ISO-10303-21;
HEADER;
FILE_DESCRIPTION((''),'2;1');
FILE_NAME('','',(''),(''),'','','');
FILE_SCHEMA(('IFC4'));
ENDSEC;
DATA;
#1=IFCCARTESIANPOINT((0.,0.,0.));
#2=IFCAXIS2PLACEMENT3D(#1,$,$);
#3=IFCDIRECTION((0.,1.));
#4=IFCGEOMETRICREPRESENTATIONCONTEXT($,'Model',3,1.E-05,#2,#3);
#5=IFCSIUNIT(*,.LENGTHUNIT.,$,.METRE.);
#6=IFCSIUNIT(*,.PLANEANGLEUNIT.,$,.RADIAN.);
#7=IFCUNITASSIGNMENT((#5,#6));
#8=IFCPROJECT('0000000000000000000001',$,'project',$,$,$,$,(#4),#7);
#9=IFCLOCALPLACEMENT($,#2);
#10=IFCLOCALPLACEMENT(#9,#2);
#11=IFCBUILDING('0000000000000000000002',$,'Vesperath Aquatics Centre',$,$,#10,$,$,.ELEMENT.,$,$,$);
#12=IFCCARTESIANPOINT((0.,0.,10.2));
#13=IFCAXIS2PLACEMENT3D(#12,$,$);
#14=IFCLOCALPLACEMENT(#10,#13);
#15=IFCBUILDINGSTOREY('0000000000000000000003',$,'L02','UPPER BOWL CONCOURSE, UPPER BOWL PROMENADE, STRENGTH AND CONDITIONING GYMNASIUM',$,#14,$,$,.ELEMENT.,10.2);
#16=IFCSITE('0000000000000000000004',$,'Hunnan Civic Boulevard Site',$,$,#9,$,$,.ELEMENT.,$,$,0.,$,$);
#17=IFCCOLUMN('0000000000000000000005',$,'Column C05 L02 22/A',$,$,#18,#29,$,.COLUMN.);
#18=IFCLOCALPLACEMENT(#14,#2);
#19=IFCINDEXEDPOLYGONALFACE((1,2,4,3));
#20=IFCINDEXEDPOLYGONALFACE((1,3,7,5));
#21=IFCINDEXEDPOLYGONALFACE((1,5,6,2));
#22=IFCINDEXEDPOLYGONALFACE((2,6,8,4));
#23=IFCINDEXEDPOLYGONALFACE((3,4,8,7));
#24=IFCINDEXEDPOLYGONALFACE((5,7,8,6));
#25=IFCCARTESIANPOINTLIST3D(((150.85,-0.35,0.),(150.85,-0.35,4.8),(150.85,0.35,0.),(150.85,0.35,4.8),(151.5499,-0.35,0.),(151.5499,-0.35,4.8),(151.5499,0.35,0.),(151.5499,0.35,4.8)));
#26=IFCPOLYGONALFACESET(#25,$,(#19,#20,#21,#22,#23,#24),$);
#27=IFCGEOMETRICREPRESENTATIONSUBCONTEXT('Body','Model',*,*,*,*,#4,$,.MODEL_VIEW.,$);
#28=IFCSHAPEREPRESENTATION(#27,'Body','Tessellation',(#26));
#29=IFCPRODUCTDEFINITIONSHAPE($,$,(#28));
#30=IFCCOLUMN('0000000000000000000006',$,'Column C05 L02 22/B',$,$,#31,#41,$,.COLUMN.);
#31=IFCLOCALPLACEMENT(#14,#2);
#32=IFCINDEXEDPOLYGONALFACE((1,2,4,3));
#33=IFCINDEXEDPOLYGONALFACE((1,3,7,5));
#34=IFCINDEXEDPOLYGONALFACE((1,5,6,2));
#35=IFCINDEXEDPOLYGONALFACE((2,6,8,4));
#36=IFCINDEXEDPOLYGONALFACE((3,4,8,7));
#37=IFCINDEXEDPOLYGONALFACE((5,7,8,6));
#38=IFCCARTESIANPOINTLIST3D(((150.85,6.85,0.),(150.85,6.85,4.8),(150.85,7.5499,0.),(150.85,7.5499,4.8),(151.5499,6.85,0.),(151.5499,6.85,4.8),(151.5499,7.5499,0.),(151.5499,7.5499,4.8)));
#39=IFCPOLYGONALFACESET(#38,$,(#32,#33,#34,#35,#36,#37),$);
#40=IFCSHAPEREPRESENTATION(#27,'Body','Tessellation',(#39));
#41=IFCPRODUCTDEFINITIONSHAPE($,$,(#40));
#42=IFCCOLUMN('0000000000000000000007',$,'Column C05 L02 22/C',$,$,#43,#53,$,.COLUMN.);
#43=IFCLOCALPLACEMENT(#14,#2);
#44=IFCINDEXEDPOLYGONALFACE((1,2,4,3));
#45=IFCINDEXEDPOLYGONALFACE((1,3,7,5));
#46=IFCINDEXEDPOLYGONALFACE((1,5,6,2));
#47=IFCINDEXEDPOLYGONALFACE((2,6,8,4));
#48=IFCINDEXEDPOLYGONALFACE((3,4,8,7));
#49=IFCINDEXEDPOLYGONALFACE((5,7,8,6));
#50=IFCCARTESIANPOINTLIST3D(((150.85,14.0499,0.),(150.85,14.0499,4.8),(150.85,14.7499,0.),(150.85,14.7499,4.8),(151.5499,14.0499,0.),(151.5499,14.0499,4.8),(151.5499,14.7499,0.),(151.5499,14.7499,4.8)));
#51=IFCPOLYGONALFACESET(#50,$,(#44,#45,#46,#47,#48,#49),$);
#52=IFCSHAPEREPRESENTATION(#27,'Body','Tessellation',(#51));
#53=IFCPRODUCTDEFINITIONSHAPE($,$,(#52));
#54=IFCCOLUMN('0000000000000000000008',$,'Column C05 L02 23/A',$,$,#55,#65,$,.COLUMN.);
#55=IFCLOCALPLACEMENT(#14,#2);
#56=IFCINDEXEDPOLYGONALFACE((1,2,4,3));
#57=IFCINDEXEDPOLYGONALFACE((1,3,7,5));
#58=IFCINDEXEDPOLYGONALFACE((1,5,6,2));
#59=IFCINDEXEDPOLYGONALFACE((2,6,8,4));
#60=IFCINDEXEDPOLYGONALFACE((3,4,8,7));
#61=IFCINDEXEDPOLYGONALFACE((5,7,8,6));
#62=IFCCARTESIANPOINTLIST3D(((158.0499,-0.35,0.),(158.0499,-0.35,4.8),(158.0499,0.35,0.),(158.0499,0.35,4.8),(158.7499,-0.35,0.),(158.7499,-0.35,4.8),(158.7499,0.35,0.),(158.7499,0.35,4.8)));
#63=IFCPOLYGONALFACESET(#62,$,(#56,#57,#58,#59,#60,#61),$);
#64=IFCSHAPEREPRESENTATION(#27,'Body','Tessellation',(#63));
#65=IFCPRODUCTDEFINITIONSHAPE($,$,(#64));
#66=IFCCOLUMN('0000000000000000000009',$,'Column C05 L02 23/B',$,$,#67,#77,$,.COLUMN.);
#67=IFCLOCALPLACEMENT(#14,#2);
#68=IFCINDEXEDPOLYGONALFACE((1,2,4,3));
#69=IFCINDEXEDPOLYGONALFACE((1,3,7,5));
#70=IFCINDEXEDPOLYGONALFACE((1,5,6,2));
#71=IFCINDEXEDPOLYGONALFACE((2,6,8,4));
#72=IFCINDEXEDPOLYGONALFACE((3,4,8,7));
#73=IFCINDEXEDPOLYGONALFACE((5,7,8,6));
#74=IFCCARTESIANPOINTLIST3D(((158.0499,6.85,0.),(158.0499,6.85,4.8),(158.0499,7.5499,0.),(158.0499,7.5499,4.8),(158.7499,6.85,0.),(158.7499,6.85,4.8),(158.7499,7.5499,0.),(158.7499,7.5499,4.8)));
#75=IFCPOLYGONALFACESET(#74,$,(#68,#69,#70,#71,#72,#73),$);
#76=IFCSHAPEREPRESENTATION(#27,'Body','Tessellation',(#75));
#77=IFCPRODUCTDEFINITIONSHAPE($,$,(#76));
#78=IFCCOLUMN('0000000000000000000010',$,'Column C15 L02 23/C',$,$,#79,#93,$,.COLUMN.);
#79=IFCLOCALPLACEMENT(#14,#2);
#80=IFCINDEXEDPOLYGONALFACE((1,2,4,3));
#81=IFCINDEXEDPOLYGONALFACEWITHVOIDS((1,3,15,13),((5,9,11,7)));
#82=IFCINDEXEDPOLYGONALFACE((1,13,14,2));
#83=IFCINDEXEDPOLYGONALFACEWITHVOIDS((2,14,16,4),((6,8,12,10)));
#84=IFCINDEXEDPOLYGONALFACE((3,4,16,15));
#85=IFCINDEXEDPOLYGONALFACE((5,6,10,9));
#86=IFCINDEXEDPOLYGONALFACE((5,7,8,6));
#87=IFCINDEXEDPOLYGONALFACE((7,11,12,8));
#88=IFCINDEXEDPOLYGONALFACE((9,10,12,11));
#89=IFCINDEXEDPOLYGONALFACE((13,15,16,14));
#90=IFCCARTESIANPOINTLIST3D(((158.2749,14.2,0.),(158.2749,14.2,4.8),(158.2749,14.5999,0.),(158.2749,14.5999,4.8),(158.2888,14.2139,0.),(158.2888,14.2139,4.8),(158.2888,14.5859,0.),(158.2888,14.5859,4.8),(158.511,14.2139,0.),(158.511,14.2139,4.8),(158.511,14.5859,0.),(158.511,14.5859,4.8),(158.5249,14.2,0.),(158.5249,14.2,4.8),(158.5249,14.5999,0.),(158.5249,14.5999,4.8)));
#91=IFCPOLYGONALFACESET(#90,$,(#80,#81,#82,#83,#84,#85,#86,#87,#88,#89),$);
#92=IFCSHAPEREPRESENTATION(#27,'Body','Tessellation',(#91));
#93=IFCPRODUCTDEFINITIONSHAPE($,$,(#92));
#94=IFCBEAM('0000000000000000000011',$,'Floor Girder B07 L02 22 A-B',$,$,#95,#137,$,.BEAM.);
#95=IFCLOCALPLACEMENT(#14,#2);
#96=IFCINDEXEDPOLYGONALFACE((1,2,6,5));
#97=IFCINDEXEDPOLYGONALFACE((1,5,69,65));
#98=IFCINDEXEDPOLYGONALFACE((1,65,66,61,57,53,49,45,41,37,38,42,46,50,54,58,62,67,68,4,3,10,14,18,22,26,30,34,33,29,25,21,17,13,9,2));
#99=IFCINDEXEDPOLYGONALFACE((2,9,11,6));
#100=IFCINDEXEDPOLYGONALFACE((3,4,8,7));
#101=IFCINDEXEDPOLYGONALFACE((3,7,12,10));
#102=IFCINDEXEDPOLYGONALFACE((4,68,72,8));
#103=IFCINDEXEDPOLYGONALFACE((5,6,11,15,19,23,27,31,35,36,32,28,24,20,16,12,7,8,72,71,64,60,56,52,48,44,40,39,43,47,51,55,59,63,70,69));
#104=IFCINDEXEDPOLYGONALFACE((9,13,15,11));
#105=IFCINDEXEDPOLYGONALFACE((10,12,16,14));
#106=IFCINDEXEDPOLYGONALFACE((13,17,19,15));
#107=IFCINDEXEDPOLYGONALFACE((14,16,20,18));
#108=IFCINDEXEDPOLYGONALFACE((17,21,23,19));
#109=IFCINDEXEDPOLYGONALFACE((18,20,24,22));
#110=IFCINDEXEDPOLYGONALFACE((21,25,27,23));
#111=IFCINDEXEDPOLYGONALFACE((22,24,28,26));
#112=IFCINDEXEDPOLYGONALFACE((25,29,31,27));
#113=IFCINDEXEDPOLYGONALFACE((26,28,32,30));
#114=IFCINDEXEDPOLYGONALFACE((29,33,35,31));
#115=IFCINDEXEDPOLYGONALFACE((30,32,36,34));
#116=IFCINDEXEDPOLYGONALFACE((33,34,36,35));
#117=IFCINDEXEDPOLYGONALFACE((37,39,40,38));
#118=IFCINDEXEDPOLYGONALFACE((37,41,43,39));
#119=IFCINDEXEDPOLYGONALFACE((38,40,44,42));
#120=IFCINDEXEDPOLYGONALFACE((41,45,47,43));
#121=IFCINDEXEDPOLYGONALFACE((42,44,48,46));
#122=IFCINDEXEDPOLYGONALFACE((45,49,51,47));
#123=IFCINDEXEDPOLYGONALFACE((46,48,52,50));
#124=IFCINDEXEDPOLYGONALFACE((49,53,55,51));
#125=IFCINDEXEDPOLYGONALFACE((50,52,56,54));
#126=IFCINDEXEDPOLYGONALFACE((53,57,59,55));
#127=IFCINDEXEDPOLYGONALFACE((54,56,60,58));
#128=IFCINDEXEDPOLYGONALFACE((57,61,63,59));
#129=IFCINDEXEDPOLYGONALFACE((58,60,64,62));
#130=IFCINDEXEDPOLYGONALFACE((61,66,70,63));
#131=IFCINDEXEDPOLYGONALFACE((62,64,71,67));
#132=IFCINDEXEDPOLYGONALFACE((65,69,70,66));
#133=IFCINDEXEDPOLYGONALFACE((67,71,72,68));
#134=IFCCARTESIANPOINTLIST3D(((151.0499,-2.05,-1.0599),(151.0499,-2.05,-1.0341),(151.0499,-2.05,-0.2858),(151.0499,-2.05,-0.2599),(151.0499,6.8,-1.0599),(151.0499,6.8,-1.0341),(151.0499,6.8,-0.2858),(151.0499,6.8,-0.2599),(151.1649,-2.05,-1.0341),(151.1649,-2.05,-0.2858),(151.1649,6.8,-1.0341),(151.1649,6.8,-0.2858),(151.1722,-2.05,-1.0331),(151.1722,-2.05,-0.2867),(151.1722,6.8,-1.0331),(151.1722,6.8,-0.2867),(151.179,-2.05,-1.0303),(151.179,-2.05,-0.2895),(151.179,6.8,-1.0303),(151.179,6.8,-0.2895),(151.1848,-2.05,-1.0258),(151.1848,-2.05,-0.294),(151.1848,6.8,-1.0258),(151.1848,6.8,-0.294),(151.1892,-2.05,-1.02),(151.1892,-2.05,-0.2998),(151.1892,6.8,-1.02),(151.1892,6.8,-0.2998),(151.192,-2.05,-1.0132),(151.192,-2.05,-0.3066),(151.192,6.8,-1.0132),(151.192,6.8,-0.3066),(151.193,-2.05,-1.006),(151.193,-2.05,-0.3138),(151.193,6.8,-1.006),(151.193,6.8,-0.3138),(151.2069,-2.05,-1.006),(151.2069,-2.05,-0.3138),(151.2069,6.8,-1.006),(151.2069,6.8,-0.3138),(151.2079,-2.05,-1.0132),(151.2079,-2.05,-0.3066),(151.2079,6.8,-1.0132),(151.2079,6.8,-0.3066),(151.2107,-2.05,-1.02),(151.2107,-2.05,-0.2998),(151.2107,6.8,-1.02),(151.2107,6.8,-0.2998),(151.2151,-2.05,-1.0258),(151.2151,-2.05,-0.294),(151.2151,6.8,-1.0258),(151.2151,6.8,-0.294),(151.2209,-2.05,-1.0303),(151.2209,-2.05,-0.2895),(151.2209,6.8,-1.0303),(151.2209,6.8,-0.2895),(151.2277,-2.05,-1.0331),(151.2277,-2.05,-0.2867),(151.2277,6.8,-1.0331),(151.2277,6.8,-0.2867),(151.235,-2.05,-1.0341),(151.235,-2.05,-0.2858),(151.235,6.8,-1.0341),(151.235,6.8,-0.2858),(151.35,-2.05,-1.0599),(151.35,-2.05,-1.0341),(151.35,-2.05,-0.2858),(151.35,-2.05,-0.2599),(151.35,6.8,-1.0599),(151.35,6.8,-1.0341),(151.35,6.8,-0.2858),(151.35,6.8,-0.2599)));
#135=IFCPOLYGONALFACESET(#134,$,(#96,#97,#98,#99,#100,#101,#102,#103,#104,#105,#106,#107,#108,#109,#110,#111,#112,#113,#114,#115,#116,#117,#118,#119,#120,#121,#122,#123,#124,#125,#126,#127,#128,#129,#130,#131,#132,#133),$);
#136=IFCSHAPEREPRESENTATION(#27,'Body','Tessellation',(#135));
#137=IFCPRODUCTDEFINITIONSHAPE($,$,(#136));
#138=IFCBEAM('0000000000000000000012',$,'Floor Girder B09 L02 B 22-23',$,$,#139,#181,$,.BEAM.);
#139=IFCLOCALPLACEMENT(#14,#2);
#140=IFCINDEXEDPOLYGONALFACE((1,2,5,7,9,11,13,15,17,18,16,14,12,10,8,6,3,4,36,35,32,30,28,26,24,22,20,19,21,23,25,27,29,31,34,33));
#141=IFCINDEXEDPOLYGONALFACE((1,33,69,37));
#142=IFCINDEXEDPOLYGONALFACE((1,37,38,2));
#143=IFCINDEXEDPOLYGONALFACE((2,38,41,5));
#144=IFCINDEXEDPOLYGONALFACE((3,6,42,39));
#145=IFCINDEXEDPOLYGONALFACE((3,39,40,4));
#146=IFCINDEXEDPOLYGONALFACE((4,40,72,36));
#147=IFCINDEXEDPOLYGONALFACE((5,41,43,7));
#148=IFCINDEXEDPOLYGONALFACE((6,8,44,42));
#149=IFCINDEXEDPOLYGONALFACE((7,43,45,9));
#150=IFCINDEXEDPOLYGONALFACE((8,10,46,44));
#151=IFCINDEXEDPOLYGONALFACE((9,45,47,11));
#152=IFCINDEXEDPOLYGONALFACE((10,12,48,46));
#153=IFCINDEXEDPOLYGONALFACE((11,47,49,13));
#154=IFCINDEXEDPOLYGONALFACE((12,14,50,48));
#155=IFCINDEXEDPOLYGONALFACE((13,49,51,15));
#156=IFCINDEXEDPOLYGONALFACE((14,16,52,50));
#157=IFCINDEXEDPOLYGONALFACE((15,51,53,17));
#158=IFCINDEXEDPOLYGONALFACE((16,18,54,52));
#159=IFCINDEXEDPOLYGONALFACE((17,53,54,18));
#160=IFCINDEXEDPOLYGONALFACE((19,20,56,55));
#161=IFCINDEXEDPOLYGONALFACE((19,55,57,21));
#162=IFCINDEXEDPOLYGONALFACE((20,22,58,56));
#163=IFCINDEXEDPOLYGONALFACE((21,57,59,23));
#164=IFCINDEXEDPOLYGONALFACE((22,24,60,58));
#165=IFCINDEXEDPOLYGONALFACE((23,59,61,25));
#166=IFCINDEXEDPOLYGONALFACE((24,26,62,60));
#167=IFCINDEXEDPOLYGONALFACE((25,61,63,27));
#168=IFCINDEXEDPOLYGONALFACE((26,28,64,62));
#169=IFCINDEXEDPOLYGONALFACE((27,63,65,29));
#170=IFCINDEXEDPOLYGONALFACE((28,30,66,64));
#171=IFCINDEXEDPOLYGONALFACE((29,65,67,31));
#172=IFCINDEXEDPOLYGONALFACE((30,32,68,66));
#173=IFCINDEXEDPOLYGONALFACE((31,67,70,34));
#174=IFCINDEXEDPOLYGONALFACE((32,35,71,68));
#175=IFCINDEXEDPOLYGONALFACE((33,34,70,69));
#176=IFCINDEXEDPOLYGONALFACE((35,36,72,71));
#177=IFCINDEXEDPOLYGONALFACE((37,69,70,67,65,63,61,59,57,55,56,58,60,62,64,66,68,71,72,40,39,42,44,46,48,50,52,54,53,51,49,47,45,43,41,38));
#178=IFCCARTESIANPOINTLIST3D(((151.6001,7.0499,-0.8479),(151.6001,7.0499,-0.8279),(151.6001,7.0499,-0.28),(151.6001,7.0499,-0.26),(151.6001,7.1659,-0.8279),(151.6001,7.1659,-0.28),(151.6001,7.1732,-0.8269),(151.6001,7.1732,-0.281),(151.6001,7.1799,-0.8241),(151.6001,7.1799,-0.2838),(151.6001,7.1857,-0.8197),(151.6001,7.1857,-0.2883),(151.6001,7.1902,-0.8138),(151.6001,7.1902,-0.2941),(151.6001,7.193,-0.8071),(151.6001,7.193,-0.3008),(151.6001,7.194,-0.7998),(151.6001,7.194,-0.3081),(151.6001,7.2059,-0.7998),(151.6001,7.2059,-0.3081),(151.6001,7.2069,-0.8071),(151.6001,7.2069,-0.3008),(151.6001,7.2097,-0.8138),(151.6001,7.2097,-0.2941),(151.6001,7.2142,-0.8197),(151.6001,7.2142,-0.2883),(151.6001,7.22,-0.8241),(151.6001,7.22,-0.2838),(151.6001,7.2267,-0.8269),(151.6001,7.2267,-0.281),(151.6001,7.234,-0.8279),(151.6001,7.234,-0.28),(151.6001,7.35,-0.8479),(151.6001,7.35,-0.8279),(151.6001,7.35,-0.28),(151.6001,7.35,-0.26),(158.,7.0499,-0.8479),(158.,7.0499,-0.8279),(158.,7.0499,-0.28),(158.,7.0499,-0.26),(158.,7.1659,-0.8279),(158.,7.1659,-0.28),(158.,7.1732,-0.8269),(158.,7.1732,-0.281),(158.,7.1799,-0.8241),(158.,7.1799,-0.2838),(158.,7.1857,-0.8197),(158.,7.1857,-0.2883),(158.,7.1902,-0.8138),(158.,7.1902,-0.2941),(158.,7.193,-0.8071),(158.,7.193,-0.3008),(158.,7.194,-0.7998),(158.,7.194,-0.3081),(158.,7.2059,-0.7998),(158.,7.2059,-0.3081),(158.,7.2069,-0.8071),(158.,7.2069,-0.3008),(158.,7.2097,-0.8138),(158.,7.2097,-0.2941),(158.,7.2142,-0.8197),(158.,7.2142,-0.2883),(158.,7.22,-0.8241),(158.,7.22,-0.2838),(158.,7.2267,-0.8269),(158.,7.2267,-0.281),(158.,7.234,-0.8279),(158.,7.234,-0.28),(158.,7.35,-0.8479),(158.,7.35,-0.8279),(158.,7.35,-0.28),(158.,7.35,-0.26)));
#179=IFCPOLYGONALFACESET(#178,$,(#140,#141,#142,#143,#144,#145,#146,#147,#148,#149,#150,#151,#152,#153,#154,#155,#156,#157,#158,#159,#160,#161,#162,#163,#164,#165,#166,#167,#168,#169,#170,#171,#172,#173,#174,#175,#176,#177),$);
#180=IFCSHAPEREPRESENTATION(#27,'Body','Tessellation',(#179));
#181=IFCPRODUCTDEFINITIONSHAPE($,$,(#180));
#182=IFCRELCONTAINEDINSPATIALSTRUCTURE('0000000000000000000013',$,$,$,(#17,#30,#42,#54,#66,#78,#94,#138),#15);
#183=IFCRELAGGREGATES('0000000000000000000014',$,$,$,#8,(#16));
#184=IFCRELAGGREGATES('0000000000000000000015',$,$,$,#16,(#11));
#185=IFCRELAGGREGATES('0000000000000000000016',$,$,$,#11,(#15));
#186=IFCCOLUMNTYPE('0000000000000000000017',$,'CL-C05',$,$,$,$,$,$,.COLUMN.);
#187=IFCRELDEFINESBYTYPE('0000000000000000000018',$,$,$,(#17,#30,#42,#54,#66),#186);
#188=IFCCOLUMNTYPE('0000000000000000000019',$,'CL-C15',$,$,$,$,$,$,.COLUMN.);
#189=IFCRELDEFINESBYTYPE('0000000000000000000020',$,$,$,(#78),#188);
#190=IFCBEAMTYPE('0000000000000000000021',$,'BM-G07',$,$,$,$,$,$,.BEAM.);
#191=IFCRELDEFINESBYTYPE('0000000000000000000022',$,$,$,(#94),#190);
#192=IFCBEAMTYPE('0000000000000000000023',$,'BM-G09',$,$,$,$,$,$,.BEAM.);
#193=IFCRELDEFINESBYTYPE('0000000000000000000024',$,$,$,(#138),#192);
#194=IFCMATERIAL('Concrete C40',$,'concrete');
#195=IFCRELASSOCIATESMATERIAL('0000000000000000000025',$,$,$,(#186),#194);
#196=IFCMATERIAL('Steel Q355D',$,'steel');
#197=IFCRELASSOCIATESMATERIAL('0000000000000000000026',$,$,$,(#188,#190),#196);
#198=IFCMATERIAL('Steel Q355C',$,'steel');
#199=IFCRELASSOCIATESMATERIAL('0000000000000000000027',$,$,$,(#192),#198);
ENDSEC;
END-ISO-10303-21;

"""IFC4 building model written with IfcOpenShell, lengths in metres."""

from ifc_helpers import new_model, si_unit, direction, frame, origin, origin_2d, place, context, subcontext, project, spatial, rectangle, hollow_rectangle, i_section, extrude, material, material_profile, profile_set, type_object, element, save


model = new_model("IFC4")

# Units and contexts
model_context = context("Model", 3, precision=1e-05, world=origin(), true_north=direction((0.0, 1.0)))
body_context = subcontext(model_context, "Body", "Model", "MODEL_VIEW")
ifc_project = project(units=[si_unit("LENGTHUNIT", "METRE"), si_unit("PLANEANGLEUNIT", "RADIAN")], contexts=[model_context])

# Site, building, storey
site_placement = place(None, origin())
site = spatial("IfcSite", under=ifc_project, at=site_placement, Name="Hunnan Civic Boulevard Site", CompositionType="ELEMENT", RefElevation=0.0)
building_placement = place(site_placement, origin())
building = spatial("IfcBuilding", under=site, at=building_placement, Name="Vesperath Aquatics Centre", CompositionType="ELEMENT")
storey_placement = place(building_placement, frame((0.0, 0.0, 10.2)))
storey = spatial("IfcBuildingStorey", under=building, at=storey_placement, Name="L02", Description="UPPER BOWL CONCOURSE, UPPER BOWL PROMENADE, STRENGTH AND CONDITIONING GYMNASIUM", CompositionType="ELEMENT", Elevation=10.2)

# Columns
ifc_material_1 = material(Name="Concrete C40", Category="concrete")
ifc_material_profile_1 = material_profile(ifc_material_1, rectangle(XDim=0.7, YDim=0.7, at=origin_2d()), Name="RC 700x700")
ifc_profile_set_1 = profile_set([ifc_material_profile_1], Name="Concrete C40")
column_type_1 = type_object("IfcColumnType", Name="CL-C05", PredefinedType="COLUMN", material=ifc_profile_set_1)
for number, where, z_axis, x_axis, name in (
    (1, (151.2, 0.0, 0.0), (0.0, 0.0, 1.0), (1.0, 0.0, 0.0), "Column C05 L02 22/A"),
    (2, (151.2, 7.2, 0.0), (0.0, 0.0, 1.0), (1.0, 0.0, 0.0), "Column C05 L02 22/B"),
    (3, (151.2, 14.3999, 0.0), (0.0, 0.0, 1.0), (1.0, 0.0, 0.0), "Column C05 L02 22/C"),
    (4, (158.3999, 0.0, 0.0), (0.0, 0.0, 1.0), (1.0, 0.0, 0.0), "Column C05 L02 23/A"),
    (5, (158.3999, 7.2, 0.0), (0.0, 0.0, 1.0), (1.0, 0.0, 0.0), "Column C05 L02 23/B"),
):
    element("IfcColumn", number, at=place(storey_placement, frame(where, z_axis=z_axis, x_axis=x_axis)), inside=storey, type_object=column_type_1, Name=name, PredefinedType="COLUMN", context=body_context, shape_type="SweptSolid", body=[
        extrude(rectangle(XDim=0.7, YDim=0.7, at=origin_2d()), origin(), (0.0, 0.0, 1.0), 4.8),
    ])
ifc_material_2 = material(Name="Steel Q355D", Category="steel")
ifc_material_profile_2 = material_profile(ifc_material_2, hollow_rectangle(XDim=0.25, YDim=0.3999, WallThickness=0.0139, at=origin_2d()), Name="RHS 400x250x14")
ifc_profile_set_2 = profile_set([ifc_material_profile_2], Name="Steel Q355D")
column_type_2 = type_object("IfcColumnType", Name="CL-C15", PredefinedType="COLUMN", material=ifc_profile_set_2)
column_placement = place(storey_placement, frame((158.3999, 14.3999, 0.0), z_axis=(0.0, 0.0, 1.0), x_axis=(1.0, 0.0, 0.0)))
element("IfcColumn", 6, at=column_placement, inside=storey, type_object=column_type_2, Name="Column C15 L02 23/C", PredefinedType="COLUMN", context=body_context, shape_type="SweptSolid", body=[
    extrude(hollow_rectangle(XDim=0.25, YDim=0.3999, WallThickness=0.0139, at=origin_2d()), origin(), (0.0, 0.0, 1.0), 4.8),
])

# Beams
ifc_material_profile_3 = material_profile(ifc_material_2, i_section(OverallWidth=0.3, OverallDepth=0.8, WebThickness=0.0139, FlangeThickness=0.0259, FilletRadius=0.0281, at=origin_2d()), Name="HN 800x300x14x26")
ifc_profile_set_3 = profile_set([ifc_material_profile_3], Name="Steel Q355D")
beam_type_1 = type_object("IfcBeamType", Name="BM-G07", PredefinedType="BEAM", material=ifc_profile_set_3)
beam_1_placement = place(storey_placement, frame((151.2, -2.05, -0.6599), z_axis=(0.0, 1.0, 0.0), x_axis=(-1.0, 0.0, 0.0)))
element("IfcBeam", 7, at=beam_1_placement, inside=storey, type_object=beam_type_1, Name="Floor Girder B07 L02 22 A-B", PredefinedType="BEAM", context=body_context, shape_type="SweptSolid", body=[
    extrude(i_section(OverallWidth=0.3, OverallDepth=0.8, WebThickness=0.0139, FlangeThickness=0.0259, FilletRadius=0.0281, at=origin_2d()), origin(), (0.0, 0.0, 1.0), 8.8501),
])
ifc_material_3 = material(Name="Steel Q355C", Category="steel")
ifc_material_profile_4 = material_profile(ifc_material_3, i_section(OverallWidth=0.3, OverallDepth=0.5879, WebThickness=0.012, FlangeThickness=0.02, FilletRadius=0.0281, at=origin_2d()), Name="HM 588x300x12x20")
ifc_profile_set_4 = profile_set([ifc_material_profile_4], Name="Steel Q355C")
beam_type_2 = type_object("IfcBeamType", Name="BM-G09", PredefinedType="BEAM", material=ifc_profile_set_4)
for number, where, z_axis, x_axis, name in (
    (8, (151.6001, 7.2, -0.554), (1.0, 0.0, 0.0), (0.0, 1.0, 0.0), "Floor Girder B09 L02 B 22-23"),
):
    element("IfcBeam", number, at=place(storey_placement, frame(where, z_axis=z_axis, x_axis=x_axis)), inside=storey, type_object=beam_type_2, Name=name, PredefinedType="BEAM", context=body_context, shape_type="SweptSolid", body=[
        extrude(i_section(OverallWidth=0.3, OverallDepth=0.5879, WebThickness=0.012, FlangeThickness=0.02, FilletRadius=0.0281, at=origin_2d()), origin(), (0.0, 0.0, 1.0), 6.3999),
    ])

save(model, "model.ifc")
